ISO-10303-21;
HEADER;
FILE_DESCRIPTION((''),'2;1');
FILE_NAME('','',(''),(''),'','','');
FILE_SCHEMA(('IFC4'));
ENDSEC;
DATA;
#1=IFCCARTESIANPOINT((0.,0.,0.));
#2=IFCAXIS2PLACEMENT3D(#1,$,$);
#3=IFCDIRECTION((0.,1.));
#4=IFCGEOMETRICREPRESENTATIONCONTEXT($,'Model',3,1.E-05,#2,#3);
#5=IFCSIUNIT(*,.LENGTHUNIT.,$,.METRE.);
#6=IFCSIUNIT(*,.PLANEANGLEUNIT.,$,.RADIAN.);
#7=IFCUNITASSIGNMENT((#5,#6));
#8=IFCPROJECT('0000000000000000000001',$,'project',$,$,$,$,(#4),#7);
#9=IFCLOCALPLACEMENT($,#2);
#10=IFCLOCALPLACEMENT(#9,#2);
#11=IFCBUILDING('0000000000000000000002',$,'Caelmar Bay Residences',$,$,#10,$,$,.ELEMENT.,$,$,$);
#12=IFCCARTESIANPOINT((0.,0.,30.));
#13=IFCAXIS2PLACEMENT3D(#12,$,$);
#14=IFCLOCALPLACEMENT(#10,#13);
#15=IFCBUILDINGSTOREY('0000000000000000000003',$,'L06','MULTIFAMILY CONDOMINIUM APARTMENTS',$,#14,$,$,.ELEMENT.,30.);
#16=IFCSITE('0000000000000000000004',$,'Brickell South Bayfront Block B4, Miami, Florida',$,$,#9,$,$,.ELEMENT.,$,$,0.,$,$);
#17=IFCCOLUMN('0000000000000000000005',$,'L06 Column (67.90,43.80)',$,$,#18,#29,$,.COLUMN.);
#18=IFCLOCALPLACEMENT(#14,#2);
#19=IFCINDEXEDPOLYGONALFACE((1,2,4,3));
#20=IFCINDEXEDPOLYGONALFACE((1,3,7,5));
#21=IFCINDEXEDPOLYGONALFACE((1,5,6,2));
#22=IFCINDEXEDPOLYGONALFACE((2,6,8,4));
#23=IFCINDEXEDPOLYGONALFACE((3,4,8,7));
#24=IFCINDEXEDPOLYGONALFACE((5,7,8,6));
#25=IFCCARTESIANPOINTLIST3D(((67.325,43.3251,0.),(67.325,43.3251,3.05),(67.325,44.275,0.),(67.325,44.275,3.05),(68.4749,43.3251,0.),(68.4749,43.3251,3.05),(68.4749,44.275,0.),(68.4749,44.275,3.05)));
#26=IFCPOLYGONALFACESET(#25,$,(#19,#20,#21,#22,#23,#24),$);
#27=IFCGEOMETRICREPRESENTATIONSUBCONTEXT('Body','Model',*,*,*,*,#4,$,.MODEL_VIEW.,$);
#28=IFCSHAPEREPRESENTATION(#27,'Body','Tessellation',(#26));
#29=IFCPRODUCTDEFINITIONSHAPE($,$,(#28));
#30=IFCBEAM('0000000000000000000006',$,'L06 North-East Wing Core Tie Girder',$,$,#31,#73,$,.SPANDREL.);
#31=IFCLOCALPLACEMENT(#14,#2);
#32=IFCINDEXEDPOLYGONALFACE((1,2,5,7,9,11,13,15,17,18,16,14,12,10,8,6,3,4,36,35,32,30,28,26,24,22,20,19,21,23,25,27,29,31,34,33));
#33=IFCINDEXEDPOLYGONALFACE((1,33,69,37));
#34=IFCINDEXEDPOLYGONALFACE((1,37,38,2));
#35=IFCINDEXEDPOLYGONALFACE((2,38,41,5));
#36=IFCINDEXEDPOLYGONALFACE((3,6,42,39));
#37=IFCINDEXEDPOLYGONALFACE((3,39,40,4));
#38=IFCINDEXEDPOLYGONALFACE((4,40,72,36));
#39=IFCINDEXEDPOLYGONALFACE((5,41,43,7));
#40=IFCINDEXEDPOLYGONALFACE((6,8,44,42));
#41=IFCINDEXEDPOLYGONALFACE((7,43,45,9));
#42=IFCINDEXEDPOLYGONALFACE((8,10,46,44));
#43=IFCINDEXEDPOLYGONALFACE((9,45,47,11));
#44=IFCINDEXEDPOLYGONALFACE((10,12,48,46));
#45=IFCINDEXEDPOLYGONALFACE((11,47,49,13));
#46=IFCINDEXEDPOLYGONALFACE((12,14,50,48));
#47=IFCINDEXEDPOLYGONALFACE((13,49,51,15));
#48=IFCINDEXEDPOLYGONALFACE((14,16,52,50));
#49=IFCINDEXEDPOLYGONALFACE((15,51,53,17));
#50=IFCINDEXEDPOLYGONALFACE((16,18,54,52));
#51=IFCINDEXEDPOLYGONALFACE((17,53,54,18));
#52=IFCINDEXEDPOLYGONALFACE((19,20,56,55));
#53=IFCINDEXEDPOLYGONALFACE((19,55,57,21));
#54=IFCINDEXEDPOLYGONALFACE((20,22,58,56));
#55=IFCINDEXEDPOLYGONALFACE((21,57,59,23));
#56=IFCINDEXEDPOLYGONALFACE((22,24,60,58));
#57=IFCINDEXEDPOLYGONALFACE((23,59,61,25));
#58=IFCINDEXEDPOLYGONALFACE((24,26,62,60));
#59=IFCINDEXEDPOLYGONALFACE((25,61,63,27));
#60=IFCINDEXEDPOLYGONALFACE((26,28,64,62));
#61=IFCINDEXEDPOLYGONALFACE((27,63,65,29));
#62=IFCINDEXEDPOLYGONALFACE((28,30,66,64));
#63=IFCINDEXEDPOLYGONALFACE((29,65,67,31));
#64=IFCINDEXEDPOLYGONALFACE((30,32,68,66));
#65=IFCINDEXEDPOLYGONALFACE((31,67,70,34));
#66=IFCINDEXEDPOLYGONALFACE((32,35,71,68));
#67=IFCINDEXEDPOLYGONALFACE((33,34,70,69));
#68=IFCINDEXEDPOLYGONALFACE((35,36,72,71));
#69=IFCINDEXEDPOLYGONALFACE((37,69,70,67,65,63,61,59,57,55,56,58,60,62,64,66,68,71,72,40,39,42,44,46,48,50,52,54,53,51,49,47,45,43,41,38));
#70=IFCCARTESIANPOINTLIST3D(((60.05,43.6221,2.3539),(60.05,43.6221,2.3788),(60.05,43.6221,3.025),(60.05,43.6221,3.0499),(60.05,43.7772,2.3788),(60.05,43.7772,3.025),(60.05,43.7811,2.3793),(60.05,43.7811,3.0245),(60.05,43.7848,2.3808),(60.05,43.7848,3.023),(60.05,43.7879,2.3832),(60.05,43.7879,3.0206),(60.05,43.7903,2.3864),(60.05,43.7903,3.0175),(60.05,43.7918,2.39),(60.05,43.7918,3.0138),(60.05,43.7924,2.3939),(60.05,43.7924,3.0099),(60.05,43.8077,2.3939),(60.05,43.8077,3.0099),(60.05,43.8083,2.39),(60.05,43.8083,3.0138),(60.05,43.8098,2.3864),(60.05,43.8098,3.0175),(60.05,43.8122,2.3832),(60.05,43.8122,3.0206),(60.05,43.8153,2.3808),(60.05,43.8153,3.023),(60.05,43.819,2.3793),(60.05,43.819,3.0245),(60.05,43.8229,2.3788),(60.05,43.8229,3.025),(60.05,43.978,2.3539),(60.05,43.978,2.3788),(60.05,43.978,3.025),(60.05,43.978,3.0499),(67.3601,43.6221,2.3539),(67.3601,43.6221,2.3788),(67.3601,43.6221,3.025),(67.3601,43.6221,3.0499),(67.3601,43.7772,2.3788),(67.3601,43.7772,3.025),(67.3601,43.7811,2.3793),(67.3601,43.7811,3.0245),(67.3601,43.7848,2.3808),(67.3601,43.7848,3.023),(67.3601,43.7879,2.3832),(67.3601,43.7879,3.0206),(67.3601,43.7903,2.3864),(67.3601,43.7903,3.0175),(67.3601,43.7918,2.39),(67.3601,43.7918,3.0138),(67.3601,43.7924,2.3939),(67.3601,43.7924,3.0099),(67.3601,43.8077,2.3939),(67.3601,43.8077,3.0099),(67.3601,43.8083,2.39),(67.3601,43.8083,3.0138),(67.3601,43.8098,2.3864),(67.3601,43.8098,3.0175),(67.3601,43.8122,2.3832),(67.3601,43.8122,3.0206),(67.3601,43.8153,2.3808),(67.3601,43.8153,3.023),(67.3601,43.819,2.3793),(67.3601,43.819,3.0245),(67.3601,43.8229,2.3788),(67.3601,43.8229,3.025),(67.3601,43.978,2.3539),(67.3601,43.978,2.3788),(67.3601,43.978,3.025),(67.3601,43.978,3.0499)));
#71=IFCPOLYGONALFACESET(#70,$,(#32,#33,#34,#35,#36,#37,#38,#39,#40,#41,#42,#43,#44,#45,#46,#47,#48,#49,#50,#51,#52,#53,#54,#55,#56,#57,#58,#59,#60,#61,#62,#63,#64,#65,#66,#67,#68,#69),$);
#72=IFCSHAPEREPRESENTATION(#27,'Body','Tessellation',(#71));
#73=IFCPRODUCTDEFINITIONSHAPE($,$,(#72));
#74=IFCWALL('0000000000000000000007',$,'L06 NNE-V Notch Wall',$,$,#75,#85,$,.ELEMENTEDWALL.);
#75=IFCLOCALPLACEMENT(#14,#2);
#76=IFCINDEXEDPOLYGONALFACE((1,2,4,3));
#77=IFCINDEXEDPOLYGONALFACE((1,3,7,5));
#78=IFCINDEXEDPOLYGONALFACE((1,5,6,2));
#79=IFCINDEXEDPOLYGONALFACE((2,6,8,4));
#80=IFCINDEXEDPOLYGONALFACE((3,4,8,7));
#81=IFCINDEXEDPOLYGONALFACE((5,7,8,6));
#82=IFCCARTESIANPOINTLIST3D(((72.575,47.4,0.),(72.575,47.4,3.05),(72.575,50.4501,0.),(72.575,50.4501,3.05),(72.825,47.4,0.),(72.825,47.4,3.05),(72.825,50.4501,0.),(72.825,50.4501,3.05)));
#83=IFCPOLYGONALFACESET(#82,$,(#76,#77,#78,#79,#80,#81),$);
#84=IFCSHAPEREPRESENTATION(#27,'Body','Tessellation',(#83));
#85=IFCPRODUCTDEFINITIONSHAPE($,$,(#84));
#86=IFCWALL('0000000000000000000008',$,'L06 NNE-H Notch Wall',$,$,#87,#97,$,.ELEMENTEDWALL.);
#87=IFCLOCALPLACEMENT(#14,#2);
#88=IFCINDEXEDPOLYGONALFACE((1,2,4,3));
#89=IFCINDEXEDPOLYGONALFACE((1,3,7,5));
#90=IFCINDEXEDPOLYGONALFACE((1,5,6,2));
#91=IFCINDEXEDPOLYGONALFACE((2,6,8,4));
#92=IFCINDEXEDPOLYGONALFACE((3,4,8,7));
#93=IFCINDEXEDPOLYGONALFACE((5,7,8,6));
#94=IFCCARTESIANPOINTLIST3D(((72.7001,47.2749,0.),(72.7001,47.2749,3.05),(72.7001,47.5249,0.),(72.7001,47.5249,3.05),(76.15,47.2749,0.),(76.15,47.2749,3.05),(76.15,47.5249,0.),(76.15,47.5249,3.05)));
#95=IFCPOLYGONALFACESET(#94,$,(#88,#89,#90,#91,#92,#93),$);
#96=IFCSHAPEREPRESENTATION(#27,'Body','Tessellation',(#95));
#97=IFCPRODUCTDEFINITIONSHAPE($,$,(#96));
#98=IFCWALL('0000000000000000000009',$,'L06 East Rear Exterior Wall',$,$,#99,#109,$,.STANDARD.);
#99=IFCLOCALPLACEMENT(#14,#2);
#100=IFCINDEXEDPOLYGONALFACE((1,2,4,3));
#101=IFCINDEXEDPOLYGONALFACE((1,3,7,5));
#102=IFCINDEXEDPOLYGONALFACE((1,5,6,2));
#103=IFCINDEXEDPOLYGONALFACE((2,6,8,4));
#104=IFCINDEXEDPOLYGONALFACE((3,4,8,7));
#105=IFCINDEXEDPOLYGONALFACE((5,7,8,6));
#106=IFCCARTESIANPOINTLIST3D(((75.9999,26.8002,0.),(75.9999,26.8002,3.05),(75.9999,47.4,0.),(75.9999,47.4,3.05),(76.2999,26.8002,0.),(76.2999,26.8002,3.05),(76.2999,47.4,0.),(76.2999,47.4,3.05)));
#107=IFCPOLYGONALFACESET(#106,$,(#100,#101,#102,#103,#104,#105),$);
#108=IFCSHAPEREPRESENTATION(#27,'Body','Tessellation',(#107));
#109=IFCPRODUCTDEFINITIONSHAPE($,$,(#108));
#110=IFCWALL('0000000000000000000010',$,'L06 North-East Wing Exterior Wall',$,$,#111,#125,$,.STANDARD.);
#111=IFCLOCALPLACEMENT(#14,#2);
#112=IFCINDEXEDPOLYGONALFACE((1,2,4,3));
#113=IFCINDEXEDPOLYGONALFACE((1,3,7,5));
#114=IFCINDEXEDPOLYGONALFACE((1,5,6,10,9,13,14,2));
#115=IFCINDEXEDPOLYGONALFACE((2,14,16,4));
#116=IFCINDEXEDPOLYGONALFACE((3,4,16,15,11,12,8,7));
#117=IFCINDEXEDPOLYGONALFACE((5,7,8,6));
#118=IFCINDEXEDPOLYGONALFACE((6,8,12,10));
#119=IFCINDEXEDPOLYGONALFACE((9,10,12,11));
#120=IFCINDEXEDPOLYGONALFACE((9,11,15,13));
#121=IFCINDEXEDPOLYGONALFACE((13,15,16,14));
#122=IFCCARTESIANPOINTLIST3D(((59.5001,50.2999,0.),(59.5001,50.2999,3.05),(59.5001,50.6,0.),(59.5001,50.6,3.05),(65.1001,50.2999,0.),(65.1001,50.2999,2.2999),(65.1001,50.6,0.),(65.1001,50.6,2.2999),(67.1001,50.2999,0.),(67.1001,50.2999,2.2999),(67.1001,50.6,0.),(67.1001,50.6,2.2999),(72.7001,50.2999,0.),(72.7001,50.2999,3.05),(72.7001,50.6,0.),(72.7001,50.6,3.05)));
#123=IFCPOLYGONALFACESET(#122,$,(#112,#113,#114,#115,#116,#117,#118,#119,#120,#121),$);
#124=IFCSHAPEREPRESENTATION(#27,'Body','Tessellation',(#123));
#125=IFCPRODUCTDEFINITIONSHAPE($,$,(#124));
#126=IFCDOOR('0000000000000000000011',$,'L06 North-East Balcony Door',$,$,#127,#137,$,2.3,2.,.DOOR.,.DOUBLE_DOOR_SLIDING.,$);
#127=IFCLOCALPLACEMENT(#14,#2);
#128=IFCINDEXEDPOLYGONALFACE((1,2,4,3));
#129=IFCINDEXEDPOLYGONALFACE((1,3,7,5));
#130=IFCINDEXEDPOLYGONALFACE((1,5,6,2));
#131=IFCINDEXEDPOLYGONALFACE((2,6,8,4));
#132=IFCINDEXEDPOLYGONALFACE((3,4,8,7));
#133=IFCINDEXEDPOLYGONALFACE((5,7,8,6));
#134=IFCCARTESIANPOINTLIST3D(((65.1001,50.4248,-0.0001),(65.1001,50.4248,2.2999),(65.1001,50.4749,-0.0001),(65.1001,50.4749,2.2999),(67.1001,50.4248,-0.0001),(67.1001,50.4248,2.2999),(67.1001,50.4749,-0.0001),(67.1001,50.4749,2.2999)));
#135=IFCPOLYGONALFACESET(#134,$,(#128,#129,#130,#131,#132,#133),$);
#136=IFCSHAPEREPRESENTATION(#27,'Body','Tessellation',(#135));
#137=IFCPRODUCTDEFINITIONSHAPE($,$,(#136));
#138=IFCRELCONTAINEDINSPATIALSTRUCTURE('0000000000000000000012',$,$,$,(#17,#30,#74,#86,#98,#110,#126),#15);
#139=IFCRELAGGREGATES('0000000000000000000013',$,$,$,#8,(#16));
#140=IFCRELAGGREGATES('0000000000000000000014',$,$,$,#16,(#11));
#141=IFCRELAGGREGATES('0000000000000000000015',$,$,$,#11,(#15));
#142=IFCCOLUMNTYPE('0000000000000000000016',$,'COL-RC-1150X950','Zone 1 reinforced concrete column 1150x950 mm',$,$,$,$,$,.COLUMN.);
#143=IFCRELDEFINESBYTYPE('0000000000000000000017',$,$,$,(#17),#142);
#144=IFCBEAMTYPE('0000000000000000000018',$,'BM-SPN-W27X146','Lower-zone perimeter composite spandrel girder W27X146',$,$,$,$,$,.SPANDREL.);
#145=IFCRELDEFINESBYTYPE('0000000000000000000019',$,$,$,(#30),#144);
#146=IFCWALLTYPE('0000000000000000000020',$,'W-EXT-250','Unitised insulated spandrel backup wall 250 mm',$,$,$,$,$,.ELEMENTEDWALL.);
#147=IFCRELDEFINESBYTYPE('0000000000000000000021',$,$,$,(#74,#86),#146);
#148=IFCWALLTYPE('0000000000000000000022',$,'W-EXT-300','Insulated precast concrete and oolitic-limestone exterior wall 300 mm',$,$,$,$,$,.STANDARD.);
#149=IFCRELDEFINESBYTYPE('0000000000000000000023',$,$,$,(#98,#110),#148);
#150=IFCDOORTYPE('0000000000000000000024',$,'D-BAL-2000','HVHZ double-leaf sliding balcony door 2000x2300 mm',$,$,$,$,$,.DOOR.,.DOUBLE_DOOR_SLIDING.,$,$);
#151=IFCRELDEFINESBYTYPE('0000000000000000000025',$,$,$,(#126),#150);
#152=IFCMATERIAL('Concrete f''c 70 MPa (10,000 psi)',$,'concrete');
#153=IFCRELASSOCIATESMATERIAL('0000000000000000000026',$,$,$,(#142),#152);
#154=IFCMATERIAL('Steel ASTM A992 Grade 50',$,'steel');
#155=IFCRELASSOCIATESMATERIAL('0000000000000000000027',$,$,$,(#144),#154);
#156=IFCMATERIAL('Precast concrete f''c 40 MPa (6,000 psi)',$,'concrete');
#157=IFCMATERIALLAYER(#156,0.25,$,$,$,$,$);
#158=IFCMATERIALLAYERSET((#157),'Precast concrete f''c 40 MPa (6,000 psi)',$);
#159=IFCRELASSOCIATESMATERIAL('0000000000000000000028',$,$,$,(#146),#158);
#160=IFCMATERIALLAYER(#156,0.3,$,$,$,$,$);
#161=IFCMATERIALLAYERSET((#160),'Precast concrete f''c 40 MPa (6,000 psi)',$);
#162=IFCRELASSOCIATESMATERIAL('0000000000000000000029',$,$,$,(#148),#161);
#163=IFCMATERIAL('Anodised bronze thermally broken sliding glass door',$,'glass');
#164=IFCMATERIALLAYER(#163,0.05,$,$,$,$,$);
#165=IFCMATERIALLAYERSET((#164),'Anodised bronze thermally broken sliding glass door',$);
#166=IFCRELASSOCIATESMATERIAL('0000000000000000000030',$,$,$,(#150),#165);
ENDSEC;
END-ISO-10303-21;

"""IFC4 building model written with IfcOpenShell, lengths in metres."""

from ifc_helpers import new_model, si_unit, direction, frame, frame_2d, origin, origin_2d, place, context, subcontext, project, spatial, rectangle, i_section, extrude, material, layer, layer_set, material_profile, profile_set, type_object, element, fill, save


model = new_model("IFC4")

# Units and contexts
model_context = context("Model", 3, precision=1e-05, world=origin(), true_north=direction((0.0, 1.0)))
body_context = subcontext(model_context, "Body", "Model", "MODEL_VIEW")
ifc_project = project(units=[si_unit("LENGTHUNIT", "METRE"), si_unit("PLANEANGLEUNIT", "RADIAN")], contexts=[model_context])

# Site, building, storey
site_placement = place(None, origin())
site = spatial("IfcSite", under=ifc_project, at=site_placement, Name="Brickell South Bayfront Block B4, Miami, Florida", CompositionType="ELEMENT", RefElevation=0.0)
building_placement = place(site_placement, origin())
building = spatial("IfcBuilding", under=site, at=building_placement, Name="Caelmar Bay Residences", CompositionType="ELEMENT")
storey_placement = place(building_placement, frame((0.0, 0.0, 30.0)))
storey = spatial("IfcBuildingStorey", under=building, at=storey_placement, Name="L06", Description="MULTIFAMILY CONDOMINIUM APARTMENTS", CompositionType="ELEMENT", Elevation=30.0)

# Column
ifc_material_1 = material(Name="Concrete f'c 70 MPa (10,000 psi)", Category="concrete")
ifc_material_profile_1 = material_profile(ifc_material_1, rectangle(XDim=1.1499, YDim=0.95, at=origin_2d()), Name="RC-COL-1150X950")
ifc_profile_set_1 = profile_set([ifc_material_profile_1], Name="Concrete f'c 70 MPa (10,000 psi)")
column_type = type_object("IfcColumnType", Name="COL-RC-1150X950", Description="Zone 1 reinforced concrete column 1150x950 mm", PredefinedType="COLUMN", material=ifc_profile_set_1)
column_placement = place(storey_placement, frame((67.8999, 43.8, 0.0), z_axis=(0.0, 0.0, 1.0), x_axis=(1.0, 0.0, 0.0)))
element("IfcColumn", 1, at=column_placement, inside=storey, type_object=column_type, Name="L06 Column (67.90,43.80)", PredefinedType="COLUMN", context=body_context, shape_type="SweptSolid", body=[
    extrude(rectangle(XDim=1.1499, YDim=0.95, at=origin_2d()), origin(), (0.0, 0.0, 1.0), 3.05),
])

# Beam
ifc_material_2 = material(Name="Steel ASTM A992 Grade 50", Category="steel")
ifc_material_profile_2 = material_profile(ifc_material_2, i_section(OverallWidth=0.356, OverallDepth=0.696, WebThickness=0.0154, FlangeThickness=0.0249, FilletRadius=0.0151, at=origin_2d()), Name="W27X146")
ifc_profile_set_2 = profile_set([ifc_material_profile_2], Name="Steel ASTM A992 Grade 50")
beam_type = type_object("IfcBeamType", Name="BM-SPN-W27X146", Description="Lower-zone perimeter composite spandrel girder W27X146", PredefinedType="SPANDREL", material=ifc_profile_set_2)
beam_placement = place(storey_placement, frame((60.05, 43.8, 2.7019), z_axis=(1.0, 0.0, 0.0), x_axis=(0.0, 1.0, 0.0)))
element("IfcBeam", 2, at=beam_placement, inside=storey, type_object=beam_type, Name="L06 North-East Wing Core Tie Girder", PredefinedType="SPANDREL", context=body_context, shape_type="SweptSolid", body=[
    extrude(i_section(OverallWidth=0.356, OverallDepth=0.696, WebThickness=0.0154, FlangeThickness=0.0249, FilletRadius=0.0151, at=origin_2d()), origin(), (0.0, 0.0, 1.0), 7.3101),
])

# Walls
ifc_material_3 = material(Name="Precast concrete f'c 40 MPa (6,000 psi)", Category="concrete")
ifc_layer_1 = layer(ifc_material_3, 0.25)
ifc_layer_set_1 = layer_set([ifc_layer_1], Name="Precast concrete f'c 40 MPa (6,000 psi)")
wall_type_1 = type_object("IfcWallType", Name="W-EXT-250", Description="Unitised insulated spandrel backup wall 250 mm", PredefinedType="ELEMENTEDWALL", material=ifc_layer_set_1)
wall_1_placement = place(storey_placement, frame((72.7, 50.45, 0.0), z_axis=(0.0, 0.0, 1.0), x_axis=(0.0, -1.0, 0.0)))
element("IfcWall", 3, at=wall_1_placement, inside=storey, type_object=wall_type_1, Name="L06 NNE-V Notch Wall", PredefinedType="ELEMENTEDWALL", context=body_context, shape_type="SweptSolid", body=[
    extrude(rectangle(XDim=3.05, YDim=0.25, at=frame_2d((1.5249, 0.0))), origin(), (0.0, 0.0, 1.0), 3.05),
])
wall_2_placement = place(storey_placement, frame((72.7, 47.3999, 0.0), z_axis=(0.0, 0.0, 1.0), x_axis=(1.0, 0.0, 0.0)))
element("IfcWall", 4, at=wall_2_placement, inside=storey, type_object=wall_type_1, Name="L06 NNE-H Notch Wall", PredefinedType="ELEMENTEDWALL", context=body_context, shape_type="SweptSolid", body=[
    extrude(rectangle(XDim=3.45, YDim=0.25, at=frame_2d((1.7251, 0.0))), origin(), (0.0, 0.0, 1.0), 3.05),
])
ifc_layer_2 = layer(ifc_material_3, 0.3)
ifc_layer_set_2 = layer_set([ifc_layer_2], Name="Precast concrete f'c 40 MPa (6,000 psi)")
wall_type_2 = type_object("IfcWallType", Name="W-EXT-300", Description="Insulated precast concrete and oolitic-limestone exterior wall 300 mm", PredefinedType="STANDARD", material=ifc_layer_set_2)
wall_3_placement = place(storey_placement, frame((76.1499, 47.3999, 0.0), z_axis=(0.0, 0.0, 1.0), x_axis=(0.0, -1.0, 0.0)))
element("IfcWall", 5, at=wall_3_placement, inside=storey, type_object=wall_type_2, Name="L06 East Rear Exterior Wall", PredefinedType="STANDARD", context=body_context, shape_type="SweptSolid", body=[
    extrude(rectangle(XDim=20.5999, YDim=0.3, at=frame_2d((10.2998, 0.0))), origin(), (0.0, 0.0, 1.0), 3.05),
])

# Wall, opening, door
wall_4_placement = place(storey_placement, frame((59.5, 50.45, 0.0), z_axis=(0.0, 0.0, 1.0), x_axis=(1.0, 0.0, 0.0)))
wall_4 = element("IfcWall", 6, at=wall_4_placement, inside=storey, type_object=wall_type_2, Name="L06 North-East Wing Exterior Wall", PredefinedType="STANDARD", context=body_context, shape_type="SweptSolid", body=[
    extrude(rectangle(XDim=13.2, YDim=0.3, at=frame_2d((6.6001, 0.0))), origin(), (0.0, 0.0, 1.0), 3.05),
])
opening_1_placement = place(wall_4_placement, frame((5.6001, 0.0, 0.0)))
opening_1 = element("IfcOpeningElement", 7, at=opening_1_placement, cuts=wall_4, PredefinedType="OPENING", context=body_context, shape_type="SweptSolid", body=[
    extrude(rectangle(XDim=2.0, YDim=2.3, at=frame_2d((1.0, 1.1499))), frame((0.0, 0.1599, 0.0), z_axis=(0.0, -1.0, 0.0), x_axis=(1.0, 0.0, 0.0)), (0.0, 0.0, 1.0), 0.3201),
])
ifc_material_4 = material(Name="Anodised bronze thermally broken sliding glass door", Category="glass")
ifc_layer_3 = layer(ifc_material_4, 0.05)
ifc_layer_set_3 = layer_set([ifc_layer_3], Name="Anodised bronze thermally broken sliding glass door")
door_type_1 = type_object("IfcDoorType", Name="D-BAL-2000", Description="HVHZ double-leaf sliding balcony door 2000x2300 mm", OperationType="DOUBLE_DOOR_SLIDING", PredefinedType="DOOR", material=ifc_layer_set_3)
door_1_placement = place(opening_1_placement, origin())
door_1 = element("IfcDoor", 8, at=door_1_placement, inside=storey, type_object=door_type_1, Name="L06 North-East Balcony Door", OperationType="DOUBLE_DOOR_SLIDING", OverallHeight=2.3, OverallWidth=2.0, PredefinedType="DOOR", context=body_context, shape_type="SweptSolid", body=[
    extrude(rectangle(XDim=2.0, YDim=2.3, at=frame_2d((1.0, 1.1499))), frame((0.0, 0.0249, 0.0), z_axis=(0.0, -1.0, 0.0), x_axis=(1.0, 0.0, 0.0)), (0.0, 0.0, 1.0), 0.05),
])
fill(opening_1, door_1)

save(model, "model.ifc")
